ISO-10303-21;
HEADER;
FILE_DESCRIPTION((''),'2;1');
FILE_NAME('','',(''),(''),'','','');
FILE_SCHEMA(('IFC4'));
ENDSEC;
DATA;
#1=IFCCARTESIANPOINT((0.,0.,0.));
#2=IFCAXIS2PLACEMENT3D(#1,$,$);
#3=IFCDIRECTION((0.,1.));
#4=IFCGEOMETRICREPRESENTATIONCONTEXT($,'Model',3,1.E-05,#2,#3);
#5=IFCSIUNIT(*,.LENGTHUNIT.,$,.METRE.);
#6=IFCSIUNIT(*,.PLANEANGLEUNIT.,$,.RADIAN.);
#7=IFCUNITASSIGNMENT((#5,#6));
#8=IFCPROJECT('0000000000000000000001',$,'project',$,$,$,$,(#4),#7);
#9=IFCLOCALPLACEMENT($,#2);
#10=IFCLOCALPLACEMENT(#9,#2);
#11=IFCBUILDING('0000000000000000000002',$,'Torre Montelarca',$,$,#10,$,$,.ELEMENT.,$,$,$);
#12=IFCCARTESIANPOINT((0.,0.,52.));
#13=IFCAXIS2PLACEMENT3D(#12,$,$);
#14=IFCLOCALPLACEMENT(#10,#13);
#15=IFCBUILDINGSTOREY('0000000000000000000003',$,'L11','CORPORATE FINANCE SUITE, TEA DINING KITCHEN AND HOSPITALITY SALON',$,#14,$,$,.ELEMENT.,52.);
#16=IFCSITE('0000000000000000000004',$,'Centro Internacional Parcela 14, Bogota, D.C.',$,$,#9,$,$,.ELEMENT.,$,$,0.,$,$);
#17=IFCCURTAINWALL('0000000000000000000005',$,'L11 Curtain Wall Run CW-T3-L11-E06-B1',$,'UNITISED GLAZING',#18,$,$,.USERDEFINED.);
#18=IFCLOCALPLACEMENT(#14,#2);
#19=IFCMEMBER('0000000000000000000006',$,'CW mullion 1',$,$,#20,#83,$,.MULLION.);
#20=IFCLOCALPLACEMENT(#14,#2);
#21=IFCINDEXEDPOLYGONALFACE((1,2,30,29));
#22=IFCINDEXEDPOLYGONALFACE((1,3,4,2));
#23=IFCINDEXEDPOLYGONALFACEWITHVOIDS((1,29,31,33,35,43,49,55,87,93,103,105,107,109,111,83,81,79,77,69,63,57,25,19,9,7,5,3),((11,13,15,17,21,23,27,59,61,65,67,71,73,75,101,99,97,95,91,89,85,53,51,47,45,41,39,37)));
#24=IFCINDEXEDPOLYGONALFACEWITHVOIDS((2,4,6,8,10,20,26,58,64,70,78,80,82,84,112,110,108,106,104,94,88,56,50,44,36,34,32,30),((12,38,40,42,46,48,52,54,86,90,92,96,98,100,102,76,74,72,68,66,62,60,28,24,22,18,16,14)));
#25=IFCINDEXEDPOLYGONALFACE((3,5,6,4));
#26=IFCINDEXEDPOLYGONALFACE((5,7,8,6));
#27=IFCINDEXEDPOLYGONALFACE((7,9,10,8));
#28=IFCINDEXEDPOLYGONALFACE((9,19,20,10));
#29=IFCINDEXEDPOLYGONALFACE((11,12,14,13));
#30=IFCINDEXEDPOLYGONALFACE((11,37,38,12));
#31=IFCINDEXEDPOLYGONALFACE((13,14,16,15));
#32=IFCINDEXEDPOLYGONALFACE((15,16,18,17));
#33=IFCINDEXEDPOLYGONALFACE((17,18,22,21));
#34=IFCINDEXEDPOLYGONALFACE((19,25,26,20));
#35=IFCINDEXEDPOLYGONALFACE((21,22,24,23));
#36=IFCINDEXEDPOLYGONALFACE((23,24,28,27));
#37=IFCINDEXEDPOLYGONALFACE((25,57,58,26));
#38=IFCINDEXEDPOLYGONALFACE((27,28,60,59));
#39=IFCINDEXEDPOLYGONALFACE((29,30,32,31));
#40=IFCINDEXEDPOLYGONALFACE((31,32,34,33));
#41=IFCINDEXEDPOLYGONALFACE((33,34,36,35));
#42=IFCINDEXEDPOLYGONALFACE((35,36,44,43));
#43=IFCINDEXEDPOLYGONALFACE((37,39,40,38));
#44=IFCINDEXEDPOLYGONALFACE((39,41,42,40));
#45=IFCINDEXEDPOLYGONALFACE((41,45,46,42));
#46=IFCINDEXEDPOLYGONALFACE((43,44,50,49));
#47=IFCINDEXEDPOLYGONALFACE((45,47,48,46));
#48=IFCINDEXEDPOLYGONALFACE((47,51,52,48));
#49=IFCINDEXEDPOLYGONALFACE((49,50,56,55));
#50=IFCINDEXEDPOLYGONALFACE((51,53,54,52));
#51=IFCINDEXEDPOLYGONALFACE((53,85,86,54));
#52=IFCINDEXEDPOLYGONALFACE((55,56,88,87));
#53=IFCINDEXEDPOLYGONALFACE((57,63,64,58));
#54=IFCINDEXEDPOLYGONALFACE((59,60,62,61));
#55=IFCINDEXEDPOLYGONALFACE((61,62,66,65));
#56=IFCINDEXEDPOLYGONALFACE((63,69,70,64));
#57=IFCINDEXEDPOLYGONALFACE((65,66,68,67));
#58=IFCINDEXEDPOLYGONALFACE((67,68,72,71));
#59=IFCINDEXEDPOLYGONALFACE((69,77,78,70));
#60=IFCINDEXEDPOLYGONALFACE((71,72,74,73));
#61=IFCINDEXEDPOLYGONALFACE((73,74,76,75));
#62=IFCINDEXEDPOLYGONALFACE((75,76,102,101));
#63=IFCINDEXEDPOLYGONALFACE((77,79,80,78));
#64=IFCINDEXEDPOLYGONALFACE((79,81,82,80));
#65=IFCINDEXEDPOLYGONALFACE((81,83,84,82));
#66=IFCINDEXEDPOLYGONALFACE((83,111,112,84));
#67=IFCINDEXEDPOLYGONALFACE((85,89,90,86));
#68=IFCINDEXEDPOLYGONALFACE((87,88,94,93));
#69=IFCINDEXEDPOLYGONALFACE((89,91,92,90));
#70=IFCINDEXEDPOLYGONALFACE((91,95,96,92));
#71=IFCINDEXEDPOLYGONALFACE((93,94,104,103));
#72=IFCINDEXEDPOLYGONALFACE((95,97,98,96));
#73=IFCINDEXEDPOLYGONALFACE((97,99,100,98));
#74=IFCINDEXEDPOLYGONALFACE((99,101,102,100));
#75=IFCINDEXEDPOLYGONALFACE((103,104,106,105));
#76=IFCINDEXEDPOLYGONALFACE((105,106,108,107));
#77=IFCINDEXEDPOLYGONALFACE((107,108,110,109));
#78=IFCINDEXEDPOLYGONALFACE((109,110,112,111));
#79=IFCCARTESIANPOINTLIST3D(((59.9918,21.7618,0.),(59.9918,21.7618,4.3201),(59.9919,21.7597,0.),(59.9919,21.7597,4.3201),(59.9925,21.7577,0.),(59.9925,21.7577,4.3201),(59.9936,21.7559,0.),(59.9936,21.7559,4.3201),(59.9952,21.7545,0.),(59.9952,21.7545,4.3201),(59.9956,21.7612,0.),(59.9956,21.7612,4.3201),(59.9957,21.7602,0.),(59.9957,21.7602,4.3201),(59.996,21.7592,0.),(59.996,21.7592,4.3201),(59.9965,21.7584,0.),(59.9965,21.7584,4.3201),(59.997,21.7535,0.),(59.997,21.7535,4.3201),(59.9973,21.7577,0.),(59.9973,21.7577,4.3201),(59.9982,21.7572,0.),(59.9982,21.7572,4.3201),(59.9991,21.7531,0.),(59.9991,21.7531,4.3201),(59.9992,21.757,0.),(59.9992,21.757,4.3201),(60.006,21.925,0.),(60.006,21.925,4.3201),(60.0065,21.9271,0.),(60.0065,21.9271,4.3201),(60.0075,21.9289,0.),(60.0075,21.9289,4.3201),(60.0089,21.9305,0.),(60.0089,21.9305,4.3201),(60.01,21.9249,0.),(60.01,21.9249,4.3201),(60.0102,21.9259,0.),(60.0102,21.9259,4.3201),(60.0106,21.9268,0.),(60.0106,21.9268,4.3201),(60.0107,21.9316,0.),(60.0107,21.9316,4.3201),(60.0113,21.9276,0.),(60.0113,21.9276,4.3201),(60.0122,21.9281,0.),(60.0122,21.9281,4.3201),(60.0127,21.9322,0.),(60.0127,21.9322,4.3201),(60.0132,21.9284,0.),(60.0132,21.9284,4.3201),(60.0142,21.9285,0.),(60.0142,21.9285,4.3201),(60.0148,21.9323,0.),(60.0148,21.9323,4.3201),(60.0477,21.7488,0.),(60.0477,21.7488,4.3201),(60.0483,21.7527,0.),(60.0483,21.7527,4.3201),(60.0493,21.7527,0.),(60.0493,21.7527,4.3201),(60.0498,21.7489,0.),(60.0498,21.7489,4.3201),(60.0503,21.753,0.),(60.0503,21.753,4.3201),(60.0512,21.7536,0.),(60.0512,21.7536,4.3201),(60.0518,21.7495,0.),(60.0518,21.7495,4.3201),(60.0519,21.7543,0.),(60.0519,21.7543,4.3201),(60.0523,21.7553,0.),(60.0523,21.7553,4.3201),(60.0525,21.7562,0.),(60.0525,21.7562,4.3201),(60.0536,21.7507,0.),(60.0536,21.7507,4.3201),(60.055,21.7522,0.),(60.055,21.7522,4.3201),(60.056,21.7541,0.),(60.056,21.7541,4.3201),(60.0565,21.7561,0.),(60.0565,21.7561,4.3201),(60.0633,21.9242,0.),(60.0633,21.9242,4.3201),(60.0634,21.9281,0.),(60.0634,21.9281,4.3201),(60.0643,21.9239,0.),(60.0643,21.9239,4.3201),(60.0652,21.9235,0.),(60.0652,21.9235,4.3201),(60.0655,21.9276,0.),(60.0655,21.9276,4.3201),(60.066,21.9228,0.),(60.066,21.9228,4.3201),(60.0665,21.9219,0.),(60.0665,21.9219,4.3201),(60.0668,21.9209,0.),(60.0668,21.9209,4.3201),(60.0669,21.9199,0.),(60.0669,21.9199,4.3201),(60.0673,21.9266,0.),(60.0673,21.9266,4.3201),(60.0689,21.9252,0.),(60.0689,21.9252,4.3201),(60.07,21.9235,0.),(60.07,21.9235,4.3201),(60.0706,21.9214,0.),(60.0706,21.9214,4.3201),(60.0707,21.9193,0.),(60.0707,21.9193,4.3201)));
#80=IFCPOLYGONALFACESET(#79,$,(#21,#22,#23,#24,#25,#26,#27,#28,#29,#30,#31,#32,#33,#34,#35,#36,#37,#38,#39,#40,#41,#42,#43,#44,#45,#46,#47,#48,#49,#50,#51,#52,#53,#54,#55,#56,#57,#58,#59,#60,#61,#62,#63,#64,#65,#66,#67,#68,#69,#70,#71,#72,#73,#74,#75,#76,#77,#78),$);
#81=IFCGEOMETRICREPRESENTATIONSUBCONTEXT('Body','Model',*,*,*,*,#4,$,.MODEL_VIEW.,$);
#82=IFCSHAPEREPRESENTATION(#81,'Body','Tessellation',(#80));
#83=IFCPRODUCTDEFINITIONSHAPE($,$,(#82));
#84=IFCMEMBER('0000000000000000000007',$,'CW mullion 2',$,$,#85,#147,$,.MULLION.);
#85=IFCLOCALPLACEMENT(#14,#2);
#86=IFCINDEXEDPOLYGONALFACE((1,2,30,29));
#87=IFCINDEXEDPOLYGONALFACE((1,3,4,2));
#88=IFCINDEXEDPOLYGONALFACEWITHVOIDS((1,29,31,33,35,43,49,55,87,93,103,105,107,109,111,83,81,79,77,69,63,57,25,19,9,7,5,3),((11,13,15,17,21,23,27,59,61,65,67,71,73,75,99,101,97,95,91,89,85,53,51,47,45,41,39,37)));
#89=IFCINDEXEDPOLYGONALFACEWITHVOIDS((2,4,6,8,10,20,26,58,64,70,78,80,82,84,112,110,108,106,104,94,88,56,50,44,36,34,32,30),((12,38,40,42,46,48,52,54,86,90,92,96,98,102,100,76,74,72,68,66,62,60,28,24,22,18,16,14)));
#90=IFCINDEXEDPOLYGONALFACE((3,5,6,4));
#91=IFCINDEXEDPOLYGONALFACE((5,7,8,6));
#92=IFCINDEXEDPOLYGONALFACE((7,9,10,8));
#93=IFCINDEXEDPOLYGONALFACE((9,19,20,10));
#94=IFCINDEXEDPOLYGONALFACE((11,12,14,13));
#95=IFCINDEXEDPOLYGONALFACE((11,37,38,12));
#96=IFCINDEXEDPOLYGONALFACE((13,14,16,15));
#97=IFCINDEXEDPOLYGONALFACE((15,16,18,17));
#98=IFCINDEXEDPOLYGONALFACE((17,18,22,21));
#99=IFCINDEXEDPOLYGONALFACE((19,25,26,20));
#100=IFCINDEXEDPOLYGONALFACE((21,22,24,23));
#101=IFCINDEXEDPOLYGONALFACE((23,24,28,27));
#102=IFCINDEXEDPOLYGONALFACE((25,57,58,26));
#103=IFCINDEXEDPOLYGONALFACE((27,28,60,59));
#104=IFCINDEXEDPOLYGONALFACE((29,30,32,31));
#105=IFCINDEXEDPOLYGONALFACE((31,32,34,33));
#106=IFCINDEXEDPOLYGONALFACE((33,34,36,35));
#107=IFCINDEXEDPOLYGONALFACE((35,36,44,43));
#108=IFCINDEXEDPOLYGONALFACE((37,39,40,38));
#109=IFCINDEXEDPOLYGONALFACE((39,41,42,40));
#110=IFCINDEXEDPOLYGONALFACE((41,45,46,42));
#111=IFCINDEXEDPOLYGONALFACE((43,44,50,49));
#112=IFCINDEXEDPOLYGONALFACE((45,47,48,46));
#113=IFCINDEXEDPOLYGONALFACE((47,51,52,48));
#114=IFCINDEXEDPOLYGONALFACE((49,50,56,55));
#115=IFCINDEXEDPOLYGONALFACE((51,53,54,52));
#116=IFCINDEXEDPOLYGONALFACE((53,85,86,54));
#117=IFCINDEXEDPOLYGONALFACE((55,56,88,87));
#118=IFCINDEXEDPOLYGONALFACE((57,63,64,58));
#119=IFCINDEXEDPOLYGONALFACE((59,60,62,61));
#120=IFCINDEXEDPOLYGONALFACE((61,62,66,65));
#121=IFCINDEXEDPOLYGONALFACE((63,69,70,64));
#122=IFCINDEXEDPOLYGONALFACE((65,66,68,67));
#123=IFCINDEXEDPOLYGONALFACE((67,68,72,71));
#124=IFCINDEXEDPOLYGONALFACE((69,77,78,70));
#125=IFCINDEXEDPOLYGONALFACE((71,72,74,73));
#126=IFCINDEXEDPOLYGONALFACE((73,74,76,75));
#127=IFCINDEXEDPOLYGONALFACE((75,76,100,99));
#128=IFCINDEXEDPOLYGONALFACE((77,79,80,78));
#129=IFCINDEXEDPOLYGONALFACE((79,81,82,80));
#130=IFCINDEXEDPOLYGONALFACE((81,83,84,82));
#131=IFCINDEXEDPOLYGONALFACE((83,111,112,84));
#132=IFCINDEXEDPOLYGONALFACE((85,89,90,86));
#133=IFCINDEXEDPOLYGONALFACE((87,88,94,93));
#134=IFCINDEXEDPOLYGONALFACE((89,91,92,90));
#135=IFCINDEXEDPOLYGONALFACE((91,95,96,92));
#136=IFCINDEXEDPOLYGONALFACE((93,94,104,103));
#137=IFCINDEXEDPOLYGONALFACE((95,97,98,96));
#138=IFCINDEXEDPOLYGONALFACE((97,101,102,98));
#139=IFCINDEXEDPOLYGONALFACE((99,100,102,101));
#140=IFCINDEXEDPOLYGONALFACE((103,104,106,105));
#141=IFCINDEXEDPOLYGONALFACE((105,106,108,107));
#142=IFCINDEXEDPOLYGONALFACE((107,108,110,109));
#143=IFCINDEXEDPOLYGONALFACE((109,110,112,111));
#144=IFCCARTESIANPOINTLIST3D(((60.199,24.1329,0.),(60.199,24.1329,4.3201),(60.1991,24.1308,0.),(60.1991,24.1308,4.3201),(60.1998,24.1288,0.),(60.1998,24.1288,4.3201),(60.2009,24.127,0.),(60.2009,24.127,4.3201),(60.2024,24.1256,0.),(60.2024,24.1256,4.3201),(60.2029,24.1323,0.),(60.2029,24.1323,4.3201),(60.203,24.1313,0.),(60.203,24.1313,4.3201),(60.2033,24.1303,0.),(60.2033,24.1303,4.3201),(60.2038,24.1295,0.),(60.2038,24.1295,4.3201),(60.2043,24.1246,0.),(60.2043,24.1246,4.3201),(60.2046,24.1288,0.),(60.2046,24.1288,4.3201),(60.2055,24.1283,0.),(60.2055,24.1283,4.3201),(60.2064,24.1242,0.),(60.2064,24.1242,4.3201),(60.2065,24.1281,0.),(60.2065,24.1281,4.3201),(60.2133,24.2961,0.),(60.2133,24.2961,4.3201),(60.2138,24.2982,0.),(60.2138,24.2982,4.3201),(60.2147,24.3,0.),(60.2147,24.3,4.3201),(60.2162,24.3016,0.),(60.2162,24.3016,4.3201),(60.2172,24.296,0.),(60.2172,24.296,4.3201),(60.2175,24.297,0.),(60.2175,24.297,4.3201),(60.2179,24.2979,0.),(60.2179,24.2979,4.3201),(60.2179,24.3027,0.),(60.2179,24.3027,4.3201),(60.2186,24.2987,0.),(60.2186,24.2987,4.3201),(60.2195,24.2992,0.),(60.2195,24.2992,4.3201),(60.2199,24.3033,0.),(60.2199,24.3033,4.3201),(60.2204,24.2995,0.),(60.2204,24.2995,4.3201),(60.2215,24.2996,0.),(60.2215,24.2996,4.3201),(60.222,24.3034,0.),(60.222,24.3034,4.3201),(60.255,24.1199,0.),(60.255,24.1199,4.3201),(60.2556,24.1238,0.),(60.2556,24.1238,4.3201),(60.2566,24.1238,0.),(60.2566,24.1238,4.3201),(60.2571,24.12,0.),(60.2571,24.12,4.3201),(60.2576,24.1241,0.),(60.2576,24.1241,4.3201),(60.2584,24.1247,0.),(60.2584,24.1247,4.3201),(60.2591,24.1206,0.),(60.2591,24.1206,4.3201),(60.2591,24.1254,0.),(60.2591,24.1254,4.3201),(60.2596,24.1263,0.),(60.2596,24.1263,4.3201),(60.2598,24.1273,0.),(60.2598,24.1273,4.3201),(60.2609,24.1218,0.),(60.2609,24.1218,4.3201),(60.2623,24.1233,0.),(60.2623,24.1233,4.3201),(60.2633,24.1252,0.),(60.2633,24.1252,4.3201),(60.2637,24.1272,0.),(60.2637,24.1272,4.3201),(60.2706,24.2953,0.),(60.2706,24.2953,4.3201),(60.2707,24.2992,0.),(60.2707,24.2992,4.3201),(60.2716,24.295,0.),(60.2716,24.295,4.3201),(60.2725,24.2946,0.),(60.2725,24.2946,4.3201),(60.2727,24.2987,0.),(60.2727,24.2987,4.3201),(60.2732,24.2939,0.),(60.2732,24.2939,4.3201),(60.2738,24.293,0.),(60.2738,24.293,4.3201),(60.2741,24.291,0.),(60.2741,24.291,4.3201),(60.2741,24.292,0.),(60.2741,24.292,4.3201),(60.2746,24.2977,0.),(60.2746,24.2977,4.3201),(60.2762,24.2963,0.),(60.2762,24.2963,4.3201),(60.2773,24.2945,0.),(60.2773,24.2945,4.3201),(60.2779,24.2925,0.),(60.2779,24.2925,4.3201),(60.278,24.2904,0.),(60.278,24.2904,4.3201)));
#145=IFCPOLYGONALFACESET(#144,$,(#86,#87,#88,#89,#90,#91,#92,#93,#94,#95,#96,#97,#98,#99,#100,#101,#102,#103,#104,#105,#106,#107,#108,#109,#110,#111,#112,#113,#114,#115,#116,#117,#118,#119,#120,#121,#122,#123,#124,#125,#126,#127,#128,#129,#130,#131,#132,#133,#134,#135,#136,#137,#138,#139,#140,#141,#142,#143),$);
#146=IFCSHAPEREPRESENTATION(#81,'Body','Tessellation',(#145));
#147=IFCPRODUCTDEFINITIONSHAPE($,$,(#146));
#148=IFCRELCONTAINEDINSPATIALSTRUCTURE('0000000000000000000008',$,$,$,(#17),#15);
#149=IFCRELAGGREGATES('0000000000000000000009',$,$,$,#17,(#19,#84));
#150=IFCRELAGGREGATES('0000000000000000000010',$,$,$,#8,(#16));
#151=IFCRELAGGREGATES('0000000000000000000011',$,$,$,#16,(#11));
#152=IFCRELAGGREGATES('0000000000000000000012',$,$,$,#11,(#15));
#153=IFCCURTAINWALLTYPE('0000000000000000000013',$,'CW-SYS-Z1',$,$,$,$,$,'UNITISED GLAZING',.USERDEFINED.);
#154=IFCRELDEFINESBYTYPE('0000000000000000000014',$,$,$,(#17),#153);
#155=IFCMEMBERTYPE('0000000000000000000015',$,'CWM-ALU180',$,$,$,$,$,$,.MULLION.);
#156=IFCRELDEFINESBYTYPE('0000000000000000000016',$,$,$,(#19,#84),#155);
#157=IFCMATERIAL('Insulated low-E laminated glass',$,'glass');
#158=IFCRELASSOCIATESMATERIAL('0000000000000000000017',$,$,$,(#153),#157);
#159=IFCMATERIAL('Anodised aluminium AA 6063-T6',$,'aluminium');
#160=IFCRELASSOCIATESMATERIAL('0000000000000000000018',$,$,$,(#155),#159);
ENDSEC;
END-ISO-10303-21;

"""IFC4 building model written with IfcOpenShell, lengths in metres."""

from ifc_helpers import new_model, si_unit, direction, frame, origin, origin_2d, place, context, subcontext, project, spatial, hollow_rectangle, extrude, source, transform, mapped, material, material_profile, profile_set, type_object, element, aggregate, save


model = new_model("IFC4")

# Units and contexts
model_context = context("Model", 3, precision=1e-05, world=origin(), true_north=direction((0.0, 1.0)))
body_context = subcontext(model_context, "Body", "Model", "MODEL_VIEW")
ifc_project = project(units=[si_unit("LENGTHUNIT", "METRE"), si_unit("PLANEANGLEUNIT", "RADIAN")], contexts=[model_context])

# Site, building, storey
site_placement = place(None, origin())
site = spatial("IfcSite", under=ifc_project, at=site_placement, Name="Centro Internacional Parcela 14, Bogota, D.C.", CompositionType="ELEMENT", RefElevation=0.0)
building_placement = place(site_placement, origin())
building = spatial("IfcBuilding", under=site, at=building_placement, Name="Torre Montelarca", CompositionType="ELEMENT")
storey_placement = place(building_placement, frame((0.0, 0.0, 52.0)))
storey = spatial("IfcBuildingStorey", under=building, at=storey_placement, Name="L11", Description="CORPORATE FINANCE SUITE, TEA DINING KITCHEN AND HOSPITALITY SALON", CompositionType="ELEMENT", Elevation=52.0)

# Curtain wall, members
ifc_material_1 = material(Name="Insulated low-E laminated glass", Category="glass")
curtain_wall_type = type_object("IfcCurtainWallType", Name="CW-SYS-Z1", ElementType="UNITISED GLAZING", PredefinedType="USERDEFINED", material=ifc_material_1)
ifc_material_2 = material(Name="Anodised aluminium AA 6063-T6", Category="aluminium")
ifc_material_profile_1 = material_profile(ifc_material_2, hollow_rectangle(XDim=0.0649, YDim=0.1799, WallThickness=0.0039, InnerFilletRadius=0.0039, OuterFilletRadius=0.0081, at=origin_2d()), Name="ALU65X180X4", Category="aluminium")
ifc_profile_set_1 = profile_set([ifc_material_profile_1], Name="Anodised aluminium AA 6063-T6")
member_type_1 = type_object("IfcMemberType", Name="CWM-ALU180", PredefinedType="MULLION", material=ifc_profile_set_1)
shared_shape_1 = source(origin(), body_context, "Body", "SweptSolid", [
    extrude(hollow_rectangle(XDim=0.0649, YDim=0.1799, WallThickness=0.0039, InnerFilletRadius=0.0039, OuterFilletRadius=0.0081, at=origin_2d()), origin(), (0.0, 0.0, 1.0), 4.3201),
])
curtain_wall_1_placement = place(storey_placement, origin())
curtain_wall_1 = element("IfcCurtainWall", 1, at=curtain_wall_1_placement, inside=storey, type_object=curtain_wall_type, Name="L11 Curtain Wall Run CW-T3-L11-E06-B1", ObjectType="UNITISED GLAZING", PredefinedType="USERDEFINED")
member_1_placement = place(storey_placement, frame((60.0312, 21.8406, 0.0), z_axis=(0.0, 0.0, 1.0), x_axis=(-0.996194, 0.087168, 0.0)))
member_1 = element("IfcMember", 2, at=member_1_placement, type_object=member_type_1, Name="CW mullion 1", PredefinedType="MULLION", context=body_context, shape_type="MappedRepresentation", body=[
    mapped(shared_shape_1, transform((0.0, 0.0, 0.0), scale=1.0)),
])
member_2_placement = place(storey_placement, frame((60.2385, 24.2117, 0.0), z_axis=(0.0, 0.0, 1.0), x_axis=(-0.996194, 0.087168, 0.0)))
member_2 = element("IfcMember", 3, at=member_2_placement, type_object=member_type_1, Name="CW mullion 2", PredefinedType="MULLION", context=body_context, shape_type="MappedRepresentation", body=[
    mapped(shared_shape_1, transform((0.0, 0.0, 0.0), scale=1.0)),
])

aggregate(curtain_wall_1, [member_1, member_2])

save(model, "model.ifc")
